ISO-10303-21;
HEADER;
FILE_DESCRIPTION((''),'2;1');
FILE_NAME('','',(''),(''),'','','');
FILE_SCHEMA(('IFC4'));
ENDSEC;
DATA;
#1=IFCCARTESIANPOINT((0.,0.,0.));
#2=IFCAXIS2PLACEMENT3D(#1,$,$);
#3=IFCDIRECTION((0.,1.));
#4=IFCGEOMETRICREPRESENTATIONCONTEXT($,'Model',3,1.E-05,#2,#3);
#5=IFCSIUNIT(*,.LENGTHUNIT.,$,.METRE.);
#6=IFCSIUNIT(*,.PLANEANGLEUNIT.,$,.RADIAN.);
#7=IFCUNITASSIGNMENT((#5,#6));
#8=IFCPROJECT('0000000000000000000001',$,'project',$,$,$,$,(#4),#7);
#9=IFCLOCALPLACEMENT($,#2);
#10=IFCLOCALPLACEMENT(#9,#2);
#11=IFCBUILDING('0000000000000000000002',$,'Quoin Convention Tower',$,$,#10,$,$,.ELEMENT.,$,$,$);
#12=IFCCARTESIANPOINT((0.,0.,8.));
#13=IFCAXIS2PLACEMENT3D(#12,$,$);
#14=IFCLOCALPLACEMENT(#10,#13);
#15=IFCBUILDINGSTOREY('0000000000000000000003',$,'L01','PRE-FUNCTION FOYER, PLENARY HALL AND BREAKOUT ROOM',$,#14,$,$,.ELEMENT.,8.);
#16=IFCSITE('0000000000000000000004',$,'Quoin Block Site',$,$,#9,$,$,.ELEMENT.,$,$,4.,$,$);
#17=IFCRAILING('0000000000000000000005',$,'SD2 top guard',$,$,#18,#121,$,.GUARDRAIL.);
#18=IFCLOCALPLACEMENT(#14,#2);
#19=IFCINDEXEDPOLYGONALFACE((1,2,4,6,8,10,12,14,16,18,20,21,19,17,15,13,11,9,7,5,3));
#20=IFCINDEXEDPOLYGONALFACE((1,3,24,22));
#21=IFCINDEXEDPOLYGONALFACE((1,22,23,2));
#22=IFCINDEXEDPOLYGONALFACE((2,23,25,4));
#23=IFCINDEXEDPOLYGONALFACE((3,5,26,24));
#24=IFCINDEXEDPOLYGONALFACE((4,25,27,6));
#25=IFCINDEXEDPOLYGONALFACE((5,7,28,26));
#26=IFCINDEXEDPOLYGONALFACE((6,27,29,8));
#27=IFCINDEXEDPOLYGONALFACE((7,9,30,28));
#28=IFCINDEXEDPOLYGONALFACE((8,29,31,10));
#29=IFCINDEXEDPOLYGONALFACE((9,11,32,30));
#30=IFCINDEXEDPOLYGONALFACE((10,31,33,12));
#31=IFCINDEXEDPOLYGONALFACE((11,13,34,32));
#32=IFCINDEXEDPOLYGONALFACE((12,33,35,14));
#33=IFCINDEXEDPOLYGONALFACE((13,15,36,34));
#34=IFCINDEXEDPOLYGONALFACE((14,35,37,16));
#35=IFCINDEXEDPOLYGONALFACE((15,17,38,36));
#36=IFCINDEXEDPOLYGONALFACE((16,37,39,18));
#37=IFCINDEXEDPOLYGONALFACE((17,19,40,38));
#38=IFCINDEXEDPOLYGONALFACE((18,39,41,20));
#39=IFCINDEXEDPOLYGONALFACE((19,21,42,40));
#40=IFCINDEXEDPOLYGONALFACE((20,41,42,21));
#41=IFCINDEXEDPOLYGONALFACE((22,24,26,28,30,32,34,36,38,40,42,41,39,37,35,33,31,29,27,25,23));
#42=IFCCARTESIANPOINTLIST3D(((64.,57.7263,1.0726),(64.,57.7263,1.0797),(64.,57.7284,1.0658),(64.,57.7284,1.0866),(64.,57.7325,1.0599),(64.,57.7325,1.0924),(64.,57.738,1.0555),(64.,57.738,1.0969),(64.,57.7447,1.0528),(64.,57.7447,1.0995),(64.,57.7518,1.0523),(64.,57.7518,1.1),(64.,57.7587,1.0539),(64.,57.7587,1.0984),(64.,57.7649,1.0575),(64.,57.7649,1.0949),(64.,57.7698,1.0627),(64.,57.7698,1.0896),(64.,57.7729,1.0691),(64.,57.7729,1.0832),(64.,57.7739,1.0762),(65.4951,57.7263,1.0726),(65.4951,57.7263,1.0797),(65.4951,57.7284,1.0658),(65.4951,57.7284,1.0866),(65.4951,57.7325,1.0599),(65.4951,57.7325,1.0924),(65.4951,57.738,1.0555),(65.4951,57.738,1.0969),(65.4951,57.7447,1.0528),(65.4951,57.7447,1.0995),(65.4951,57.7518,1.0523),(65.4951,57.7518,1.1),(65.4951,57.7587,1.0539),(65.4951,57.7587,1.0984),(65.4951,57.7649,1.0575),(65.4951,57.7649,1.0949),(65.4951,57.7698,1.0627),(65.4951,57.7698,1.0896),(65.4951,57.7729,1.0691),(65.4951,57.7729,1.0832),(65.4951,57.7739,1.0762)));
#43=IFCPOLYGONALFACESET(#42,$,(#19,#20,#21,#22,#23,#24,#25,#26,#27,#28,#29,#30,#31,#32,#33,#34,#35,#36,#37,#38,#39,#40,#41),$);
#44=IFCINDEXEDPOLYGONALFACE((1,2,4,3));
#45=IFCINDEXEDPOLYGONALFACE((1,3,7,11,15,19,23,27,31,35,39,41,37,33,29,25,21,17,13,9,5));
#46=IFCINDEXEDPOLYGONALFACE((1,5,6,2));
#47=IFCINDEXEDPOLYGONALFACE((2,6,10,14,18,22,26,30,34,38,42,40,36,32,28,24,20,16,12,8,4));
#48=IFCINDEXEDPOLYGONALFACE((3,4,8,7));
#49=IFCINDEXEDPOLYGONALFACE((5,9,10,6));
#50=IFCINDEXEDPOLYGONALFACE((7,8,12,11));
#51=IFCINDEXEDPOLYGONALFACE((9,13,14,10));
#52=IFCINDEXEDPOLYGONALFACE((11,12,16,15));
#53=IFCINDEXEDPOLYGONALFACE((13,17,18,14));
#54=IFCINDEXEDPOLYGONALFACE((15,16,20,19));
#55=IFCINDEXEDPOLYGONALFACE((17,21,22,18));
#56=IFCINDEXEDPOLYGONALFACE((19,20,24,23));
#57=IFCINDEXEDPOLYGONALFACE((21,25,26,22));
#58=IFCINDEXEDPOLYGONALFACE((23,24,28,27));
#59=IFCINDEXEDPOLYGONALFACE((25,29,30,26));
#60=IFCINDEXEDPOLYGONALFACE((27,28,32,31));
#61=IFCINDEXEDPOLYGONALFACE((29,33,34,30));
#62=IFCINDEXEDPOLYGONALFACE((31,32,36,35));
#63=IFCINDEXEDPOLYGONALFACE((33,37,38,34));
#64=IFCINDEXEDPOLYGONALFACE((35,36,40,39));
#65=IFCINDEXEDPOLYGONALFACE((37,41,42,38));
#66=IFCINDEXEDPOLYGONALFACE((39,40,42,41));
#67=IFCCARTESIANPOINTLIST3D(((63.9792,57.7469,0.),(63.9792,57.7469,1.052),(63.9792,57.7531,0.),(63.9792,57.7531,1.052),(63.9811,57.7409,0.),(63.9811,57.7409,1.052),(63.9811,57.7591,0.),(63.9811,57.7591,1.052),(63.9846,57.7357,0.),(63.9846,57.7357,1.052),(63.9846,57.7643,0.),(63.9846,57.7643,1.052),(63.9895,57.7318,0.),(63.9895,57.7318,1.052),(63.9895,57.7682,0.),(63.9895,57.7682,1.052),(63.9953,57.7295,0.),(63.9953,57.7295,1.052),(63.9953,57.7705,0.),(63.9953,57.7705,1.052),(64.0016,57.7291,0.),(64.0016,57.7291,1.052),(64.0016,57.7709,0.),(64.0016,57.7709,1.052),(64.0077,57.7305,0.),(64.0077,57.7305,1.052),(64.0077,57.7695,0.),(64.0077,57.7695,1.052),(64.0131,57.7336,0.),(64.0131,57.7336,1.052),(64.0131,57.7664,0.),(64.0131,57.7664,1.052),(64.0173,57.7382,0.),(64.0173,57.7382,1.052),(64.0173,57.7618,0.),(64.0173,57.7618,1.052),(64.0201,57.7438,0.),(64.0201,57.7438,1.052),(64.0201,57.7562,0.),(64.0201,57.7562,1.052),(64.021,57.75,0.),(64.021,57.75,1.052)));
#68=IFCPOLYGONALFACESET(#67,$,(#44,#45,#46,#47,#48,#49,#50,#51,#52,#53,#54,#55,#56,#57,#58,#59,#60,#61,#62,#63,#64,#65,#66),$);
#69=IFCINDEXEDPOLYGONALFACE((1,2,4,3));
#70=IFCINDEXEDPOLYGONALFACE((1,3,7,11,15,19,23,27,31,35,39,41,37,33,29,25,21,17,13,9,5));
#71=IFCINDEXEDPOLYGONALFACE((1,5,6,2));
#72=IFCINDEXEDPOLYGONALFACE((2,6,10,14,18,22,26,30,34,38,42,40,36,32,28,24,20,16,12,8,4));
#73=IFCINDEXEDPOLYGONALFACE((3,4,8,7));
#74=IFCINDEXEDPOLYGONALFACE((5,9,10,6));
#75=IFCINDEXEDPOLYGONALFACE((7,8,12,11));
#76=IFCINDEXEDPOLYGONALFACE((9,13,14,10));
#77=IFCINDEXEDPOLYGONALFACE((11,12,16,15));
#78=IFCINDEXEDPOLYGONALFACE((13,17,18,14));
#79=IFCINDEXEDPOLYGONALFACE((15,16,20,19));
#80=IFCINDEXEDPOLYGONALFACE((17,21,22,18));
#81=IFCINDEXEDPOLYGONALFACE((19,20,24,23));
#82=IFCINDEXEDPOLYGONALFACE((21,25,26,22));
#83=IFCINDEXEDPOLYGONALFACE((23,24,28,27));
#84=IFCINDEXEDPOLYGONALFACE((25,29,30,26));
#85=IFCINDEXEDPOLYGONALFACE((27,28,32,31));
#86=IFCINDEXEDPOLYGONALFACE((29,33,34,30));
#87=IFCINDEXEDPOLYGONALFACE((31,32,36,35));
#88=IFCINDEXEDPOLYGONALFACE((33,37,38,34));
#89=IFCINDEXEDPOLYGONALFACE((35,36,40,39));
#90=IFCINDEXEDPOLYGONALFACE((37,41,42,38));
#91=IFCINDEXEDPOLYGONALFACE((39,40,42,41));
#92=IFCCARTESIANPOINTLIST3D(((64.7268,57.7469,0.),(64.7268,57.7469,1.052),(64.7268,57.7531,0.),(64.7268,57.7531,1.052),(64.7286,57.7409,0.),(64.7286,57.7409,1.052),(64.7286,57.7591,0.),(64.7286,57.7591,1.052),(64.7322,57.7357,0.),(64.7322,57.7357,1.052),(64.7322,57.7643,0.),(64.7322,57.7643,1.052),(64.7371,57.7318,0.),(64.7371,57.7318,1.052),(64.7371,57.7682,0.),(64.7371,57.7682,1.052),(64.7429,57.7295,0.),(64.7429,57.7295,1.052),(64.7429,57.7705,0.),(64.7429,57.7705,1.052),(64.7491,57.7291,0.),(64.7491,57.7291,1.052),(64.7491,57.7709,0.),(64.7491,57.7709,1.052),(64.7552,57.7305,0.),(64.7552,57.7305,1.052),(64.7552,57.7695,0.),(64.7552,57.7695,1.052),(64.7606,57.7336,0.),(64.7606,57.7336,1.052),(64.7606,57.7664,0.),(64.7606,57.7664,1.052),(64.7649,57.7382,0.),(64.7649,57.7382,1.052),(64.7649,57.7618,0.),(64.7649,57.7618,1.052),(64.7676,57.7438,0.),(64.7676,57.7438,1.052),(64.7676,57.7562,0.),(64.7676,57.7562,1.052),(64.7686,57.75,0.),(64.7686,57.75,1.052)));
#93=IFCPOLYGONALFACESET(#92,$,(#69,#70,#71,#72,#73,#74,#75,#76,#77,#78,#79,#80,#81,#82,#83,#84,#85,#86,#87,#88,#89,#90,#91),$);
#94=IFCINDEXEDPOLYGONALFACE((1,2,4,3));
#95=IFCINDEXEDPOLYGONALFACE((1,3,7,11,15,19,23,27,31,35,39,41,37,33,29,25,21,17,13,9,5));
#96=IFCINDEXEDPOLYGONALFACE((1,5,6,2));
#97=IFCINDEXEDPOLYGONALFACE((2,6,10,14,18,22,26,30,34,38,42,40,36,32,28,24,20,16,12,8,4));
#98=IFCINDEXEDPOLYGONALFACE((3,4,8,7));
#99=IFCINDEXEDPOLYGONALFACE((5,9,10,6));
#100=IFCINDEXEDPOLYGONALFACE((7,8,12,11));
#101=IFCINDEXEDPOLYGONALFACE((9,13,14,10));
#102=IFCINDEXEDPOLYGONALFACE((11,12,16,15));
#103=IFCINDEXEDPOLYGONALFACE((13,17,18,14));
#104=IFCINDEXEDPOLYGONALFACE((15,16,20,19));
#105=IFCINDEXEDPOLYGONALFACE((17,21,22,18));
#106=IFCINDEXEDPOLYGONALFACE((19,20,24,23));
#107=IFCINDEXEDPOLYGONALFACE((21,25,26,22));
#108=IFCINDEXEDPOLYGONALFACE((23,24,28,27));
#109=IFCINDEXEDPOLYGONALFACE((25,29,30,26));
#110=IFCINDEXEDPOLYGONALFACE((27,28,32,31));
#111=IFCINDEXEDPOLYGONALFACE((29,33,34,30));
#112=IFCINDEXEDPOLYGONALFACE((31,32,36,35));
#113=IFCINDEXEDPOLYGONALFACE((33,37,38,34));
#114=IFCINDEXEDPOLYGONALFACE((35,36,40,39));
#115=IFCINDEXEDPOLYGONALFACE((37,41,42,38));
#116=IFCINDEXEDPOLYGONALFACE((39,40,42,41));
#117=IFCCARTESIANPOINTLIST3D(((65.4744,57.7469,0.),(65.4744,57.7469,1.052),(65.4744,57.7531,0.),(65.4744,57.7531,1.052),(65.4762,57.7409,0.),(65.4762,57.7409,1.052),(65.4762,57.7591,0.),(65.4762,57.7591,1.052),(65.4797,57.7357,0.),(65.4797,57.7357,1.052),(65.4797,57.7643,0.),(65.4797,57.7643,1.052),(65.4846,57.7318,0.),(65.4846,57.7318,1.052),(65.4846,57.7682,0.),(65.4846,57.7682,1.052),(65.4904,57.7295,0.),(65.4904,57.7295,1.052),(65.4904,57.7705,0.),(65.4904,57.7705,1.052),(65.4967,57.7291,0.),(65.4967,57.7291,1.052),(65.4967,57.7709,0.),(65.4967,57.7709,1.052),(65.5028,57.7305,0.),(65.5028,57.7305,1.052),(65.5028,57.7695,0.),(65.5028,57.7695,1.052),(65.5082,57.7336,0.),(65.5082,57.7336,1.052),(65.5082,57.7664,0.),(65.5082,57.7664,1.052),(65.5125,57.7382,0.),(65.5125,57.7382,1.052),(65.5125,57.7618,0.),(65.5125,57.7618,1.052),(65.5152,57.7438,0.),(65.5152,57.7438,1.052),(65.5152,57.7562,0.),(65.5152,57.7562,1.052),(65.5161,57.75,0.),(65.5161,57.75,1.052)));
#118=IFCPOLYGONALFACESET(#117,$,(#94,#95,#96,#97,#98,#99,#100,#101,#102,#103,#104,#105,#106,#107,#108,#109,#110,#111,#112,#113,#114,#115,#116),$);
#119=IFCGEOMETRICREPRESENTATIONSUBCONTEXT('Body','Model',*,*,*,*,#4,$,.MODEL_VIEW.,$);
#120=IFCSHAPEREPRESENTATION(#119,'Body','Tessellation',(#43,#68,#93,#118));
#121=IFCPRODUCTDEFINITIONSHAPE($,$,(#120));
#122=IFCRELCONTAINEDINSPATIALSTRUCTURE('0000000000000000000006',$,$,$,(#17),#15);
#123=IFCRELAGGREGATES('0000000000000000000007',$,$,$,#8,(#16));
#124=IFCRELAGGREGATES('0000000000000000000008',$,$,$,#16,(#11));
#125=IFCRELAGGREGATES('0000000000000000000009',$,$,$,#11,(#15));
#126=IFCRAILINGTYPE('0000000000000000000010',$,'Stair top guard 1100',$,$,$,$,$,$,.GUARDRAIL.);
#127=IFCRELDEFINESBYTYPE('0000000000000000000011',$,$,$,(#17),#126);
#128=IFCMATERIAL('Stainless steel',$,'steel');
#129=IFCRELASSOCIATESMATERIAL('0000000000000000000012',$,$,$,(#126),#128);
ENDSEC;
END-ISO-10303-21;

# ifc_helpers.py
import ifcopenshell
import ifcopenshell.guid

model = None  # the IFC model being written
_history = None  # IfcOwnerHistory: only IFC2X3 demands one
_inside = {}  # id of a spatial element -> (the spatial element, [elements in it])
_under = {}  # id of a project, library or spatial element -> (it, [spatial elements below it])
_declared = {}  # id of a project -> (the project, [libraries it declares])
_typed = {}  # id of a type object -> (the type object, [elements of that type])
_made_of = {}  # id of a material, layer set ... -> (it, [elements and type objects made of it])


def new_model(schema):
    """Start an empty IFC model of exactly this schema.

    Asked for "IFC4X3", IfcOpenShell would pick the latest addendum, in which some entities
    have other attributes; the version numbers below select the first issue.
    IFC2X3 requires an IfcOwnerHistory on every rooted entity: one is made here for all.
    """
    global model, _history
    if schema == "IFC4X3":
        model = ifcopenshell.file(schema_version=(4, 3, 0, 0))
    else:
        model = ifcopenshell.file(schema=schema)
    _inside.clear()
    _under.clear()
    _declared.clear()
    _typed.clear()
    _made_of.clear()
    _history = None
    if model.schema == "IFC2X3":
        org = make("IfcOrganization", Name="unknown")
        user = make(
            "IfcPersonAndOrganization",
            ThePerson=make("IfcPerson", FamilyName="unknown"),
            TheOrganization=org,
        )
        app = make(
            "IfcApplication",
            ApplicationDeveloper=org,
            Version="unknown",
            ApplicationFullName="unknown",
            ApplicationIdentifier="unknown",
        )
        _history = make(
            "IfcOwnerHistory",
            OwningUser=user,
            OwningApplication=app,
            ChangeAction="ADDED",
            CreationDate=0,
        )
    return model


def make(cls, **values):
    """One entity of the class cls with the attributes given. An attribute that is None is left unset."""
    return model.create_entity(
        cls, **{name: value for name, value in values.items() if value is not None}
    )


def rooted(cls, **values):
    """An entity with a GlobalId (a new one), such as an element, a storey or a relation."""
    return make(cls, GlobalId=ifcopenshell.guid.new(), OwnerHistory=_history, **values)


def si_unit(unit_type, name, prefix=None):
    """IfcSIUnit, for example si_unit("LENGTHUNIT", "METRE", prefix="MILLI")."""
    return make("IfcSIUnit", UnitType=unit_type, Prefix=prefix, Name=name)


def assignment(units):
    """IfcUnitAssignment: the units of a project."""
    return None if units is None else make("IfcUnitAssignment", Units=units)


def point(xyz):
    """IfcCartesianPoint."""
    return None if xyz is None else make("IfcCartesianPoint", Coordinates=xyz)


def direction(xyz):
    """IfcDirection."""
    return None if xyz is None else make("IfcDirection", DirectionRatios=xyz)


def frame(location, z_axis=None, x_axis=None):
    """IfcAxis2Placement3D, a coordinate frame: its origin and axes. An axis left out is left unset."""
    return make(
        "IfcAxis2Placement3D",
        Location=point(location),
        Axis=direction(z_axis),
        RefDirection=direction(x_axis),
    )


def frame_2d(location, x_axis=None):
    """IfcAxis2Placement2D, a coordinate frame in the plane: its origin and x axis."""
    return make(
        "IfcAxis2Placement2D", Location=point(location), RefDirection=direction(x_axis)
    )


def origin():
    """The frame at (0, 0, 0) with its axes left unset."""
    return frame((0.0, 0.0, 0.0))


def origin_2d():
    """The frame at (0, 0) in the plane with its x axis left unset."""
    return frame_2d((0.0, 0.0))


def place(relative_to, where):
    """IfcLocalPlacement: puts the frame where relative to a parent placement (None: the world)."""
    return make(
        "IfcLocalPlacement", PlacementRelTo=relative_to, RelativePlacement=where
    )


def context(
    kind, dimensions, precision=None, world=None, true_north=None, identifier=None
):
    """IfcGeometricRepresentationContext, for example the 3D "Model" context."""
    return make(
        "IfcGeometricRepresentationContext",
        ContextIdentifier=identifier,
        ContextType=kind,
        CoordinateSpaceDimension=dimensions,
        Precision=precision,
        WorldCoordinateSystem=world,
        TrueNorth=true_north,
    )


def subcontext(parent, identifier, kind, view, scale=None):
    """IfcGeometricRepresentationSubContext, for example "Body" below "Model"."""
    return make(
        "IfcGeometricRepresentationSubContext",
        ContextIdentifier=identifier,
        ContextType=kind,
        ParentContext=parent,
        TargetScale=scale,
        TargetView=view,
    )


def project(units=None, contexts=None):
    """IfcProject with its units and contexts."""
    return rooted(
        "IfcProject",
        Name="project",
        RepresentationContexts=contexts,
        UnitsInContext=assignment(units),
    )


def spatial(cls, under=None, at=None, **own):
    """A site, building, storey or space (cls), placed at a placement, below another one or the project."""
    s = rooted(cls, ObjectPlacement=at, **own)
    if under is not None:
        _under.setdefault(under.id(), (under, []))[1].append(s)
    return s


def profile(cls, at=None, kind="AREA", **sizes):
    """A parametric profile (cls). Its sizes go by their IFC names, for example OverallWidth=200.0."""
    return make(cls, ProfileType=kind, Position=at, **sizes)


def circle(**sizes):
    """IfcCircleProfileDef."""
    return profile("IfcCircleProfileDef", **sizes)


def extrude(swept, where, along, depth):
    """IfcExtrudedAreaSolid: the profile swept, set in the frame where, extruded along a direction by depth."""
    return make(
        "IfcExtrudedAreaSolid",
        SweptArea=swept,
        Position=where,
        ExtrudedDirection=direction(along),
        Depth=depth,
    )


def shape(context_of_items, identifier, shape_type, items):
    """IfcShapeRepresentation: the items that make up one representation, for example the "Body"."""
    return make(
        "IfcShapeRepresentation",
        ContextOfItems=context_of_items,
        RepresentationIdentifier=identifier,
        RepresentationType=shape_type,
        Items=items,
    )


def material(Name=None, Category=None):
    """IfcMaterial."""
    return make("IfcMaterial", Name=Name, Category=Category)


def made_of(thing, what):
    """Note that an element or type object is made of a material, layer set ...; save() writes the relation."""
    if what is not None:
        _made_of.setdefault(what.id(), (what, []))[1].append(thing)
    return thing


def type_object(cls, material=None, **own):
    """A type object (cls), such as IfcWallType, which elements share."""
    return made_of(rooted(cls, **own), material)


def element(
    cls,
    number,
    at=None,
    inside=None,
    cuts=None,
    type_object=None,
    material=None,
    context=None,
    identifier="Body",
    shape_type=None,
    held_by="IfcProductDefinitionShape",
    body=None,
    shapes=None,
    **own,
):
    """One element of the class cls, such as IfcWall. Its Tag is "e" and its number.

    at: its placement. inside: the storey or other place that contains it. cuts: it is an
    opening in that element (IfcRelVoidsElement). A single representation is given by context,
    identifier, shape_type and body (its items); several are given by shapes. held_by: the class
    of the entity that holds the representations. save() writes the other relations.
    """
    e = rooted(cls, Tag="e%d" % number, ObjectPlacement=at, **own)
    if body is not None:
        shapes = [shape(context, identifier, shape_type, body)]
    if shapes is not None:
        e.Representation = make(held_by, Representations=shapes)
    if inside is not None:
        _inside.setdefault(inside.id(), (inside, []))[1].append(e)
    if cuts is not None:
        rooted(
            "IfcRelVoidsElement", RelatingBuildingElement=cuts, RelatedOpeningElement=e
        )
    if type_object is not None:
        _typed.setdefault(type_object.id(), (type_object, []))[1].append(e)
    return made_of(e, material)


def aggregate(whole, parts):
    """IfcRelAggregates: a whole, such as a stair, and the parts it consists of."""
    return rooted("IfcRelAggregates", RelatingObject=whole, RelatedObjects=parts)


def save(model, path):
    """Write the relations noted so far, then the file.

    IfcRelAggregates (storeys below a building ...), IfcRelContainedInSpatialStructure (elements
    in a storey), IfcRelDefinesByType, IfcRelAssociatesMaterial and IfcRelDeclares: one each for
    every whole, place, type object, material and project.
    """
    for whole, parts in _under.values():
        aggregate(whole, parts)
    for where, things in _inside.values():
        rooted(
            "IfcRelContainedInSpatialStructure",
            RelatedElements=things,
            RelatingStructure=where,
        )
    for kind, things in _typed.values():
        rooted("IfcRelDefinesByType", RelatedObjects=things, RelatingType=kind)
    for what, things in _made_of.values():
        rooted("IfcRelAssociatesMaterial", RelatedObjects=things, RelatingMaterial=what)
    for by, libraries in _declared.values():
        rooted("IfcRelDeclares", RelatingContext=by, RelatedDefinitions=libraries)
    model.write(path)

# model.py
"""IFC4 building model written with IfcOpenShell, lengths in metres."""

from ifc_helpers import new_model, si_unit, direction, frame, origin, origin_2d, place, context, subcontext, project, spatial, circle, extrude, material, type_object, element, save


model = new_model("IFC4")

# Units and contexts
model_context = context("Model", 3, precision=1e-05, world=origin(), true_north=direction((0.0, 1.0)))
body_context = subcontext(model_context, "Body", "Model", "MODEL_VIEW")
ifc_project = project(units=[si_unit("LENGTHUNIT", "METRE"), si_unit("PLANEANGLEUNIT", "RADIAN")], contexts=[model_context])

# Site, building, storey
site_placement = place(None, origin())
site = spatial("IfcSite", under=ifc_project, at=site_placement, Name="Quoin Block Site", CompositionType="ELEMENT", RefElevation=4.0)
building_placement = place(site_placement, origin())
building = spatial("IfcBuilding", under=site, at=building_placement, Name="Quoin Convention Tower", CompositionType="ELEMENT")
storey_placement = place(building_placement, frame((0.0, 0.0, 8.0)))
storey = spatial("IfcBuildingStorey", under=building, at=storey_placement, Name="L01", Description="PRE-FUNCTION FOYER, PLENARY HALL AND BREAKOUT ROOM", CompositionType="ELEMENT", Elevation=8.0)

# Railing
ifc_material_1 = material(Name="Stainless steel", Category="steel")
railing_type_1 = type_object("IfcRailingType", Name="Stair top guard 1100", PredefinedType="GUARDRAIL", material=ifc_material_1)
railing_1_placement = place(storey_placement, frame((64.0, 57.75, 0.0)))
element("IfcRailing", 1, at=railing_1_placement, inside=storey, type_object=railing_type_1, Name="SD2 top guard", PredefinedType="GUARDRAIL", context=body_context, shape_type="SweptSolid", body=[
    extrude(circle(Radius=0.0239, at=origin_2d()), frame((0.0, 0.0, 1.0762), z_axis=(1.0, 0.0, 0.0), x_axis=(0.0, 1.0, 0.0)), (0.0, 0.0, 1.0), 1.4951),
    extrude(circle(Radius=0.021, at=origin_2d()), origin(), (0.0, 0.0, 1.0), 1.052),
    extrude(circle(Radius=0.021, at=origin_2d()), frame((0.7476, 0.0, 0.0)), (0.0, 0.0, 1.0), 1.052),
    extrude(circle(Radius=0.021, at=origin_2d()), frame((1.4951, 0.0, 0.0)), (0.0, 0.0, 1.0), 1.052),
])

save(model, "model.ifc")
